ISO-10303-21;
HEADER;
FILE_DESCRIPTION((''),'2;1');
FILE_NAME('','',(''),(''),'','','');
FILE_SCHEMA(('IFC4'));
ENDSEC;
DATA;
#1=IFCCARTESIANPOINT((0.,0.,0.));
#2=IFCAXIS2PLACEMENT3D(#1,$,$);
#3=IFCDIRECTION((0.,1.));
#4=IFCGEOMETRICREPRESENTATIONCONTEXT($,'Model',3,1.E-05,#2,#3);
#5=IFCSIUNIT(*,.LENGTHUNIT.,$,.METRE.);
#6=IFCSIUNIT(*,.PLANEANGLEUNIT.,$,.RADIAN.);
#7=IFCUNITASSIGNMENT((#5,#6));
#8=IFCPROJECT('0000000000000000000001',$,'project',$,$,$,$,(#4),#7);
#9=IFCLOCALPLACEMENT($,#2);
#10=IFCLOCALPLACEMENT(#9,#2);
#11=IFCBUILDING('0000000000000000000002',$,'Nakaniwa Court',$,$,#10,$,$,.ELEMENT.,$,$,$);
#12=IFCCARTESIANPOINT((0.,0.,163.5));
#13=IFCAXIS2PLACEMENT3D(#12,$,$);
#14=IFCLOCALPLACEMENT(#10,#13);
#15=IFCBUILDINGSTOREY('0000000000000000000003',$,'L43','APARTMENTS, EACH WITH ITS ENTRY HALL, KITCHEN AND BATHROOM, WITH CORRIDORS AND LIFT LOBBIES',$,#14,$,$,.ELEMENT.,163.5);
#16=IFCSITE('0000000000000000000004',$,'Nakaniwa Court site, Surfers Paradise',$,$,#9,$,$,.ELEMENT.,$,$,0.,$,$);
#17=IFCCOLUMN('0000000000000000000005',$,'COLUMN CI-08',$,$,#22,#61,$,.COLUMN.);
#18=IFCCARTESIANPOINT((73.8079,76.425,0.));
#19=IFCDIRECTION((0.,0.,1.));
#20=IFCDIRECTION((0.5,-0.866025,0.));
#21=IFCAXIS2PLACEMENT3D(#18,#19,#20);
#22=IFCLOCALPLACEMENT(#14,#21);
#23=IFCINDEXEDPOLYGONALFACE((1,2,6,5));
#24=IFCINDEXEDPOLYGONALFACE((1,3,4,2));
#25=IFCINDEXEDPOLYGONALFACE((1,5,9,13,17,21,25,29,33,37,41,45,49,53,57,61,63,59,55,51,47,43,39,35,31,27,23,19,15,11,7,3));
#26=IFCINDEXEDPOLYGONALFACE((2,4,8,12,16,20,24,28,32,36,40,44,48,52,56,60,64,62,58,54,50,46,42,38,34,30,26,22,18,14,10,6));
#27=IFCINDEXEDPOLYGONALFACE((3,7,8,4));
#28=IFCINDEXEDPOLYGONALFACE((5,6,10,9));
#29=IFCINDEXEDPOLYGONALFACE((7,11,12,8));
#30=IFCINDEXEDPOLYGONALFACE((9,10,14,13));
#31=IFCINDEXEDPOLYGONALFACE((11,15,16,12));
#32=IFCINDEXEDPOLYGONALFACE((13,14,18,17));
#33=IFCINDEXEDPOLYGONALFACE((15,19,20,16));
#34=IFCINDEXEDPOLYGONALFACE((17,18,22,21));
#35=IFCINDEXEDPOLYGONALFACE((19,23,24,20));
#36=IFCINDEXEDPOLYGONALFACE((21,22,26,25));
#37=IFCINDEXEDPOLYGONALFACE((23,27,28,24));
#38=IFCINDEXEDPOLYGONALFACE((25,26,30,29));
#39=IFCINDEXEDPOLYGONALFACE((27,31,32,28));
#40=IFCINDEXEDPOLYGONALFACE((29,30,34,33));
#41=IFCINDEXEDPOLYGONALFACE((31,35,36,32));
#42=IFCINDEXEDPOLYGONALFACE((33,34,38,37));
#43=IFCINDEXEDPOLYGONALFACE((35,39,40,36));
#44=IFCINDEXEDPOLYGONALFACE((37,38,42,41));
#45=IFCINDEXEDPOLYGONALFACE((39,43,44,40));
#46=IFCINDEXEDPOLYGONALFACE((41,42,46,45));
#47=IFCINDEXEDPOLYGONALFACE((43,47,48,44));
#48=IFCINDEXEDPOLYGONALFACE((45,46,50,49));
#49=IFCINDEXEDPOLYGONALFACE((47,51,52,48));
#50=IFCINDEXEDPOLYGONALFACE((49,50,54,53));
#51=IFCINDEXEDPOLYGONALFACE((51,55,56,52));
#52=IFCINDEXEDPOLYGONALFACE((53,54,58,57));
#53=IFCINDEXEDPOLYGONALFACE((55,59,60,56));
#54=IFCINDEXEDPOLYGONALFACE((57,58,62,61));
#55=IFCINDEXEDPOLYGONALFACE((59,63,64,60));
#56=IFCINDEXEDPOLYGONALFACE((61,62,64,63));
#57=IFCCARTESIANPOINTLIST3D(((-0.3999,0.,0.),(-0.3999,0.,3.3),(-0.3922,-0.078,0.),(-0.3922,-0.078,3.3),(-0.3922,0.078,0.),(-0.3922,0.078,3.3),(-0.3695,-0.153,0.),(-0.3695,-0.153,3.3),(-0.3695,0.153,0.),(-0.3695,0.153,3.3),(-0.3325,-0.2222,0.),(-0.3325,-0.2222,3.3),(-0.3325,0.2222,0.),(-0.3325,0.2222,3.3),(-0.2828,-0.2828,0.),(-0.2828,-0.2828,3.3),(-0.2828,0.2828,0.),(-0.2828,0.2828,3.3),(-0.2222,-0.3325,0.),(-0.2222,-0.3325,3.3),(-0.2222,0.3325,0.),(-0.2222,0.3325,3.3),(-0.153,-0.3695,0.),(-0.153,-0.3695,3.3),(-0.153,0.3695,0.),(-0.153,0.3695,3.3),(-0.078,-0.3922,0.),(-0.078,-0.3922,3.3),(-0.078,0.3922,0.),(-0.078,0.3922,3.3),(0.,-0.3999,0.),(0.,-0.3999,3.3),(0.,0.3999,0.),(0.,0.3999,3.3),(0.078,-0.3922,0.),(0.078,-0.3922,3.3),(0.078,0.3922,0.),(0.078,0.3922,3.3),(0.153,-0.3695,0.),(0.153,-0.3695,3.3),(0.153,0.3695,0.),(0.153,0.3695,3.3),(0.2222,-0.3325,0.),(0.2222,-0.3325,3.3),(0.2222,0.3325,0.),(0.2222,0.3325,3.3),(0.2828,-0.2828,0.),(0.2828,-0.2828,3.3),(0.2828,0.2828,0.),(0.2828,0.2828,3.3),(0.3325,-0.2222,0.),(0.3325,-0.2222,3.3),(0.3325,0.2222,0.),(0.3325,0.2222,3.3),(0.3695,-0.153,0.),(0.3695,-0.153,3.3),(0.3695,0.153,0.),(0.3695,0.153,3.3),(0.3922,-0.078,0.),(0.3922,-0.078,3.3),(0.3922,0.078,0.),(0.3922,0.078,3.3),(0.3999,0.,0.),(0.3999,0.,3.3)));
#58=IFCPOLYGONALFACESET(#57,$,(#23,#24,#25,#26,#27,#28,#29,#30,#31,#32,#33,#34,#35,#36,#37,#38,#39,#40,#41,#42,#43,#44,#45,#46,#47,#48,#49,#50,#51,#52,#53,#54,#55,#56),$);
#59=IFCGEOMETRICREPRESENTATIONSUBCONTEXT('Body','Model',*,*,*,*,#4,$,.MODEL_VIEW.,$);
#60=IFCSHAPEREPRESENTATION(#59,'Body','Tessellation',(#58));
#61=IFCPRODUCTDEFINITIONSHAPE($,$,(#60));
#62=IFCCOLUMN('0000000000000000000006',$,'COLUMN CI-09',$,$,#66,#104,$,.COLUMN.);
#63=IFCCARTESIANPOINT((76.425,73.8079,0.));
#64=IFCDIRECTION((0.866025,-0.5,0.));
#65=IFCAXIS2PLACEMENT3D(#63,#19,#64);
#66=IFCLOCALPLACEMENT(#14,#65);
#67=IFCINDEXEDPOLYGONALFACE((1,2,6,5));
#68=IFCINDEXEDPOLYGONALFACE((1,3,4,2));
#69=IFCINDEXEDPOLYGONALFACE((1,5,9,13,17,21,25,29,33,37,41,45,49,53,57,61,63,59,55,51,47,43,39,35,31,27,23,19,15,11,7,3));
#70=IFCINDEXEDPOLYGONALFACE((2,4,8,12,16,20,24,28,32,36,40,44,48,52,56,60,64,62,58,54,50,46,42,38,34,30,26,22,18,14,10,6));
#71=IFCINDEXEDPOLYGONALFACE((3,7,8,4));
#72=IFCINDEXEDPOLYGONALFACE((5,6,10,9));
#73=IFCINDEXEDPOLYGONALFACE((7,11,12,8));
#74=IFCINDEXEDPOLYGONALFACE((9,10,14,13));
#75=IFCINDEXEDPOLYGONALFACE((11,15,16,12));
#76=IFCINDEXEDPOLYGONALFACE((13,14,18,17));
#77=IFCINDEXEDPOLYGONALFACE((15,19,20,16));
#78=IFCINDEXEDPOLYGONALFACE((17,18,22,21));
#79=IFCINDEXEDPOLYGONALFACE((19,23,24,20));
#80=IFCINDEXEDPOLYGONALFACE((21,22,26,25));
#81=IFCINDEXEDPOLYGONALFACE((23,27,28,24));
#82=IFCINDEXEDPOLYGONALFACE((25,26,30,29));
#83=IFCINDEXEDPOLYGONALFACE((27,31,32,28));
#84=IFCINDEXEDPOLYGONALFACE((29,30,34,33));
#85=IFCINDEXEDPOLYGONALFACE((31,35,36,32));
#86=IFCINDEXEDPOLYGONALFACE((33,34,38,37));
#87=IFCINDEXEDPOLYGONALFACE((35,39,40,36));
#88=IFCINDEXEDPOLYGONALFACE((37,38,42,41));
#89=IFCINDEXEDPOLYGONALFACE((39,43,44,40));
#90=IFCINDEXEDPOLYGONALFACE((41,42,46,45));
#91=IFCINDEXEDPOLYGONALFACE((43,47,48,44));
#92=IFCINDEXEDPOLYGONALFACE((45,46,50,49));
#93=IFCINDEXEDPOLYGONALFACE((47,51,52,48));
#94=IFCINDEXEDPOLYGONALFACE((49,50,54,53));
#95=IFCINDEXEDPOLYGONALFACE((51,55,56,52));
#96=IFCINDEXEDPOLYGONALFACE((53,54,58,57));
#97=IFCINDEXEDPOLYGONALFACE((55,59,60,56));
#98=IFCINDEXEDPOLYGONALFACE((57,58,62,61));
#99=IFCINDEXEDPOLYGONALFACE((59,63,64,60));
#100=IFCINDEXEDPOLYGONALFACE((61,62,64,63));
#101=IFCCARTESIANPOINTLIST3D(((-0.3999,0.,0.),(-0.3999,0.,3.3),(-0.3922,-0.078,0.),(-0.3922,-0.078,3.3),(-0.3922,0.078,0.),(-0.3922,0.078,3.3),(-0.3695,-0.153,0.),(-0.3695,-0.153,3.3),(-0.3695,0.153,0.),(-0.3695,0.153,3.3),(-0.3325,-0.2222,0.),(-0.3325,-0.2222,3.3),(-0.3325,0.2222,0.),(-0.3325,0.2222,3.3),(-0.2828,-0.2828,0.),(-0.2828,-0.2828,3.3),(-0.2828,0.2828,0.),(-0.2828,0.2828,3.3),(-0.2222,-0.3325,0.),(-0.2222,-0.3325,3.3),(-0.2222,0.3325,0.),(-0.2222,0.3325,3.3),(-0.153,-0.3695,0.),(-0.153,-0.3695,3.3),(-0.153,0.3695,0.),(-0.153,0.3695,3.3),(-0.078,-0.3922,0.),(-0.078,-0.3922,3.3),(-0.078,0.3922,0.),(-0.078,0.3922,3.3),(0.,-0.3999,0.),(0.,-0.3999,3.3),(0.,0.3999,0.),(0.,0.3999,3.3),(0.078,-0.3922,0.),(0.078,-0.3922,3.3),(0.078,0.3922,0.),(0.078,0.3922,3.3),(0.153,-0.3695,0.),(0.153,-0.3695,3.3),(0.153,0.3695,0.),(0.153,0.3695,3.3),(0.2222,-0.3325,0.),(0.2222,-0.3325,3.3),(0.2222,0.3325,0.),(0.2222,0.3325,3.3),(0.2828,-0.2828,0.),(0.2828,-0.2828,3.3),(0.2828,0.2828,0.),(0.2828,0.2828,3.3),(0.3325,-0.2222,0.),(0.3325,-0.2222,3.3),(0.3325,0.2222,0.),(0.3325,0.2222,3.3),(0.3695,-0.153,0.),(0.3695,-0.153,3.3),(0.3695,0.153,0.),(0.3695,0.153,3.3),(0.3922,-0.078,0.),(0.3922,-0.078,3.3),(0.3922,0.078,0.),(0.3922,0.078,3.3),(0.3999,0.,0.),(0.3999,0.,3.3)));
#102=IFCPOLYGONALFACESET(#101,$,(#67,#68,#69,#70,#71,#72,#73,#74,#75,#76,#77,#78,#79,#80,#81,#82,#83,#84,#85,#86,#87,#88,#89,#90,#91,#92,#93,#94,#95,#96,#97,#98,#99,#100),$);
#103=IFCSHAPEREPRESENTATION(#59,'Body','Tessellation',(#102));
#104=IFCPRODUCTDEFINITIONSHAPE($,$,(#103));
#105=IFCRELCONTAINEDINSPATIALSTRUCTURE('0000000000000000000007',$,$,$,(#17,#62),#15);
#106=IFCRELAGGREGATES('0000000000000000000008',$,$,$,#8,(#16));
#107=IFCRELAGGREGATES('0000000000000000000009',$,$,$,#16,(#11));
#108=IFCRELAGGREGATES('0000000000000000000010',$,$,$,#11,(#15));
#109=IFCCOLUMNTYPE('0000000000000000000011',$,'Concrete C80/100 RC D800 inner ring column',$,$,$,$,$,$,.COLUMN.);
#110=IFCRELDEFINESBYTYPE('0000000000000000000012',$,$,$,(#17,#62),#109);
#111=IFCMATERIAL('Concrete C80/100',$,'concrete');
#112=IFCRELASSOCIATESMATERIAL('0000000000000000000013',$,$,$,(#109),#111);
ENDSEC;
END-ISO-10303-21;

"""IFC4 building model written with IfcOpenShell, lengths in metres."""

from ifc_helpers import new_model, si_unit, direction, frame, origin, origin_2d, place, context, subcontext, project, spatial, circle, extrude, material, material_profile, profile_set, type_object, element, save


model = new_model("IFC4")

# Units and contexts
model_context = context("Model", 3, precision=1e-05, world=origin(), true_north=direction((0.0, 1.0)))
body_context = subcontext(model_context, "Body", "Model", "MODEL_VIEW")
ifc_project = project(units=[si_unit("LENGTHUNIT", "METRE"), si_unit("PLANEANGLEUNIT", "RADIAN")], contexts=[model_context])

# Site, building, storey
site_placement = place(None, origin())
site = spatial("IfcSite", under=ifc_project, at=site_placement, Name="Nakaniwa Court site, Surfers Paradise", CompositionType="ELEMENT", RefElevation=0.0)
building_placement = place(site_placement, origin())
building = spatial("IfcBuilding", under=site, at=building_placement, Name="Nakaniwa Court", CompositionType="ELEMENT")
storey_placement = place(building_placement, frame((0.0, 0.0, 163.5)))
storey = spatial("IfcBuildingStorey", under=building, at=storey_placement, Name="L43", Description="APARTMENTS, EACH WITH ITS ENTRY HALL, KITCHEN AND BATHROOM, WITH CORRIDORS AND LIFT LOBBIES", CompositionType="ELEMENT", Elevation=163.5)

# Columns
ifc_material_1 = material(Name="Concrete C80/100", Category="concrete")
ifc_material_profile_1 = material_profile(ifc_material_1, circle(Radius=0.3999, at=origin_2d()), Name="Concrete C80/100 RC D800 inner ring column")
ifc_profile_set_1 = profile_set([ifc_material_profile_1], Name="Concrete C80/100")
column_type_1 = type_object("IfcColumnType", Name="Concrete C80/100 RC D800 inner ring column", PredefinedType="COLUMN", material=ifc_profile_set_1)
for number, where, z_axis, x_axis, name in (
    (1, (73.8079, 76.425, 0.0), (0.0, 0.0, 1.0), (0.5, -0.866025, 0.0), "COLUMN CI-08"),
    (2, (76.425, 73.8079, 0.0), (0.0, 0.0, 1.0), (0.866025, -0.5, 0.0), "COLUMN CI-09"),
):
    element("IfcColumn", number, at=place(storey_placement, frame(where, z_axis=z_axis, x_axis=x_axis)), inside=storey, type_object=column_type_1, Name=name, PredefinedType="COLUMN", context=body_context, shape_type="SweptSolid", body=[
        extrude(circle(Radius=0.3999, at=origin_2d()), origin(), (0.0, 0.0, 1.0), 3.3),
    ])

save(model, "model.ifc")
